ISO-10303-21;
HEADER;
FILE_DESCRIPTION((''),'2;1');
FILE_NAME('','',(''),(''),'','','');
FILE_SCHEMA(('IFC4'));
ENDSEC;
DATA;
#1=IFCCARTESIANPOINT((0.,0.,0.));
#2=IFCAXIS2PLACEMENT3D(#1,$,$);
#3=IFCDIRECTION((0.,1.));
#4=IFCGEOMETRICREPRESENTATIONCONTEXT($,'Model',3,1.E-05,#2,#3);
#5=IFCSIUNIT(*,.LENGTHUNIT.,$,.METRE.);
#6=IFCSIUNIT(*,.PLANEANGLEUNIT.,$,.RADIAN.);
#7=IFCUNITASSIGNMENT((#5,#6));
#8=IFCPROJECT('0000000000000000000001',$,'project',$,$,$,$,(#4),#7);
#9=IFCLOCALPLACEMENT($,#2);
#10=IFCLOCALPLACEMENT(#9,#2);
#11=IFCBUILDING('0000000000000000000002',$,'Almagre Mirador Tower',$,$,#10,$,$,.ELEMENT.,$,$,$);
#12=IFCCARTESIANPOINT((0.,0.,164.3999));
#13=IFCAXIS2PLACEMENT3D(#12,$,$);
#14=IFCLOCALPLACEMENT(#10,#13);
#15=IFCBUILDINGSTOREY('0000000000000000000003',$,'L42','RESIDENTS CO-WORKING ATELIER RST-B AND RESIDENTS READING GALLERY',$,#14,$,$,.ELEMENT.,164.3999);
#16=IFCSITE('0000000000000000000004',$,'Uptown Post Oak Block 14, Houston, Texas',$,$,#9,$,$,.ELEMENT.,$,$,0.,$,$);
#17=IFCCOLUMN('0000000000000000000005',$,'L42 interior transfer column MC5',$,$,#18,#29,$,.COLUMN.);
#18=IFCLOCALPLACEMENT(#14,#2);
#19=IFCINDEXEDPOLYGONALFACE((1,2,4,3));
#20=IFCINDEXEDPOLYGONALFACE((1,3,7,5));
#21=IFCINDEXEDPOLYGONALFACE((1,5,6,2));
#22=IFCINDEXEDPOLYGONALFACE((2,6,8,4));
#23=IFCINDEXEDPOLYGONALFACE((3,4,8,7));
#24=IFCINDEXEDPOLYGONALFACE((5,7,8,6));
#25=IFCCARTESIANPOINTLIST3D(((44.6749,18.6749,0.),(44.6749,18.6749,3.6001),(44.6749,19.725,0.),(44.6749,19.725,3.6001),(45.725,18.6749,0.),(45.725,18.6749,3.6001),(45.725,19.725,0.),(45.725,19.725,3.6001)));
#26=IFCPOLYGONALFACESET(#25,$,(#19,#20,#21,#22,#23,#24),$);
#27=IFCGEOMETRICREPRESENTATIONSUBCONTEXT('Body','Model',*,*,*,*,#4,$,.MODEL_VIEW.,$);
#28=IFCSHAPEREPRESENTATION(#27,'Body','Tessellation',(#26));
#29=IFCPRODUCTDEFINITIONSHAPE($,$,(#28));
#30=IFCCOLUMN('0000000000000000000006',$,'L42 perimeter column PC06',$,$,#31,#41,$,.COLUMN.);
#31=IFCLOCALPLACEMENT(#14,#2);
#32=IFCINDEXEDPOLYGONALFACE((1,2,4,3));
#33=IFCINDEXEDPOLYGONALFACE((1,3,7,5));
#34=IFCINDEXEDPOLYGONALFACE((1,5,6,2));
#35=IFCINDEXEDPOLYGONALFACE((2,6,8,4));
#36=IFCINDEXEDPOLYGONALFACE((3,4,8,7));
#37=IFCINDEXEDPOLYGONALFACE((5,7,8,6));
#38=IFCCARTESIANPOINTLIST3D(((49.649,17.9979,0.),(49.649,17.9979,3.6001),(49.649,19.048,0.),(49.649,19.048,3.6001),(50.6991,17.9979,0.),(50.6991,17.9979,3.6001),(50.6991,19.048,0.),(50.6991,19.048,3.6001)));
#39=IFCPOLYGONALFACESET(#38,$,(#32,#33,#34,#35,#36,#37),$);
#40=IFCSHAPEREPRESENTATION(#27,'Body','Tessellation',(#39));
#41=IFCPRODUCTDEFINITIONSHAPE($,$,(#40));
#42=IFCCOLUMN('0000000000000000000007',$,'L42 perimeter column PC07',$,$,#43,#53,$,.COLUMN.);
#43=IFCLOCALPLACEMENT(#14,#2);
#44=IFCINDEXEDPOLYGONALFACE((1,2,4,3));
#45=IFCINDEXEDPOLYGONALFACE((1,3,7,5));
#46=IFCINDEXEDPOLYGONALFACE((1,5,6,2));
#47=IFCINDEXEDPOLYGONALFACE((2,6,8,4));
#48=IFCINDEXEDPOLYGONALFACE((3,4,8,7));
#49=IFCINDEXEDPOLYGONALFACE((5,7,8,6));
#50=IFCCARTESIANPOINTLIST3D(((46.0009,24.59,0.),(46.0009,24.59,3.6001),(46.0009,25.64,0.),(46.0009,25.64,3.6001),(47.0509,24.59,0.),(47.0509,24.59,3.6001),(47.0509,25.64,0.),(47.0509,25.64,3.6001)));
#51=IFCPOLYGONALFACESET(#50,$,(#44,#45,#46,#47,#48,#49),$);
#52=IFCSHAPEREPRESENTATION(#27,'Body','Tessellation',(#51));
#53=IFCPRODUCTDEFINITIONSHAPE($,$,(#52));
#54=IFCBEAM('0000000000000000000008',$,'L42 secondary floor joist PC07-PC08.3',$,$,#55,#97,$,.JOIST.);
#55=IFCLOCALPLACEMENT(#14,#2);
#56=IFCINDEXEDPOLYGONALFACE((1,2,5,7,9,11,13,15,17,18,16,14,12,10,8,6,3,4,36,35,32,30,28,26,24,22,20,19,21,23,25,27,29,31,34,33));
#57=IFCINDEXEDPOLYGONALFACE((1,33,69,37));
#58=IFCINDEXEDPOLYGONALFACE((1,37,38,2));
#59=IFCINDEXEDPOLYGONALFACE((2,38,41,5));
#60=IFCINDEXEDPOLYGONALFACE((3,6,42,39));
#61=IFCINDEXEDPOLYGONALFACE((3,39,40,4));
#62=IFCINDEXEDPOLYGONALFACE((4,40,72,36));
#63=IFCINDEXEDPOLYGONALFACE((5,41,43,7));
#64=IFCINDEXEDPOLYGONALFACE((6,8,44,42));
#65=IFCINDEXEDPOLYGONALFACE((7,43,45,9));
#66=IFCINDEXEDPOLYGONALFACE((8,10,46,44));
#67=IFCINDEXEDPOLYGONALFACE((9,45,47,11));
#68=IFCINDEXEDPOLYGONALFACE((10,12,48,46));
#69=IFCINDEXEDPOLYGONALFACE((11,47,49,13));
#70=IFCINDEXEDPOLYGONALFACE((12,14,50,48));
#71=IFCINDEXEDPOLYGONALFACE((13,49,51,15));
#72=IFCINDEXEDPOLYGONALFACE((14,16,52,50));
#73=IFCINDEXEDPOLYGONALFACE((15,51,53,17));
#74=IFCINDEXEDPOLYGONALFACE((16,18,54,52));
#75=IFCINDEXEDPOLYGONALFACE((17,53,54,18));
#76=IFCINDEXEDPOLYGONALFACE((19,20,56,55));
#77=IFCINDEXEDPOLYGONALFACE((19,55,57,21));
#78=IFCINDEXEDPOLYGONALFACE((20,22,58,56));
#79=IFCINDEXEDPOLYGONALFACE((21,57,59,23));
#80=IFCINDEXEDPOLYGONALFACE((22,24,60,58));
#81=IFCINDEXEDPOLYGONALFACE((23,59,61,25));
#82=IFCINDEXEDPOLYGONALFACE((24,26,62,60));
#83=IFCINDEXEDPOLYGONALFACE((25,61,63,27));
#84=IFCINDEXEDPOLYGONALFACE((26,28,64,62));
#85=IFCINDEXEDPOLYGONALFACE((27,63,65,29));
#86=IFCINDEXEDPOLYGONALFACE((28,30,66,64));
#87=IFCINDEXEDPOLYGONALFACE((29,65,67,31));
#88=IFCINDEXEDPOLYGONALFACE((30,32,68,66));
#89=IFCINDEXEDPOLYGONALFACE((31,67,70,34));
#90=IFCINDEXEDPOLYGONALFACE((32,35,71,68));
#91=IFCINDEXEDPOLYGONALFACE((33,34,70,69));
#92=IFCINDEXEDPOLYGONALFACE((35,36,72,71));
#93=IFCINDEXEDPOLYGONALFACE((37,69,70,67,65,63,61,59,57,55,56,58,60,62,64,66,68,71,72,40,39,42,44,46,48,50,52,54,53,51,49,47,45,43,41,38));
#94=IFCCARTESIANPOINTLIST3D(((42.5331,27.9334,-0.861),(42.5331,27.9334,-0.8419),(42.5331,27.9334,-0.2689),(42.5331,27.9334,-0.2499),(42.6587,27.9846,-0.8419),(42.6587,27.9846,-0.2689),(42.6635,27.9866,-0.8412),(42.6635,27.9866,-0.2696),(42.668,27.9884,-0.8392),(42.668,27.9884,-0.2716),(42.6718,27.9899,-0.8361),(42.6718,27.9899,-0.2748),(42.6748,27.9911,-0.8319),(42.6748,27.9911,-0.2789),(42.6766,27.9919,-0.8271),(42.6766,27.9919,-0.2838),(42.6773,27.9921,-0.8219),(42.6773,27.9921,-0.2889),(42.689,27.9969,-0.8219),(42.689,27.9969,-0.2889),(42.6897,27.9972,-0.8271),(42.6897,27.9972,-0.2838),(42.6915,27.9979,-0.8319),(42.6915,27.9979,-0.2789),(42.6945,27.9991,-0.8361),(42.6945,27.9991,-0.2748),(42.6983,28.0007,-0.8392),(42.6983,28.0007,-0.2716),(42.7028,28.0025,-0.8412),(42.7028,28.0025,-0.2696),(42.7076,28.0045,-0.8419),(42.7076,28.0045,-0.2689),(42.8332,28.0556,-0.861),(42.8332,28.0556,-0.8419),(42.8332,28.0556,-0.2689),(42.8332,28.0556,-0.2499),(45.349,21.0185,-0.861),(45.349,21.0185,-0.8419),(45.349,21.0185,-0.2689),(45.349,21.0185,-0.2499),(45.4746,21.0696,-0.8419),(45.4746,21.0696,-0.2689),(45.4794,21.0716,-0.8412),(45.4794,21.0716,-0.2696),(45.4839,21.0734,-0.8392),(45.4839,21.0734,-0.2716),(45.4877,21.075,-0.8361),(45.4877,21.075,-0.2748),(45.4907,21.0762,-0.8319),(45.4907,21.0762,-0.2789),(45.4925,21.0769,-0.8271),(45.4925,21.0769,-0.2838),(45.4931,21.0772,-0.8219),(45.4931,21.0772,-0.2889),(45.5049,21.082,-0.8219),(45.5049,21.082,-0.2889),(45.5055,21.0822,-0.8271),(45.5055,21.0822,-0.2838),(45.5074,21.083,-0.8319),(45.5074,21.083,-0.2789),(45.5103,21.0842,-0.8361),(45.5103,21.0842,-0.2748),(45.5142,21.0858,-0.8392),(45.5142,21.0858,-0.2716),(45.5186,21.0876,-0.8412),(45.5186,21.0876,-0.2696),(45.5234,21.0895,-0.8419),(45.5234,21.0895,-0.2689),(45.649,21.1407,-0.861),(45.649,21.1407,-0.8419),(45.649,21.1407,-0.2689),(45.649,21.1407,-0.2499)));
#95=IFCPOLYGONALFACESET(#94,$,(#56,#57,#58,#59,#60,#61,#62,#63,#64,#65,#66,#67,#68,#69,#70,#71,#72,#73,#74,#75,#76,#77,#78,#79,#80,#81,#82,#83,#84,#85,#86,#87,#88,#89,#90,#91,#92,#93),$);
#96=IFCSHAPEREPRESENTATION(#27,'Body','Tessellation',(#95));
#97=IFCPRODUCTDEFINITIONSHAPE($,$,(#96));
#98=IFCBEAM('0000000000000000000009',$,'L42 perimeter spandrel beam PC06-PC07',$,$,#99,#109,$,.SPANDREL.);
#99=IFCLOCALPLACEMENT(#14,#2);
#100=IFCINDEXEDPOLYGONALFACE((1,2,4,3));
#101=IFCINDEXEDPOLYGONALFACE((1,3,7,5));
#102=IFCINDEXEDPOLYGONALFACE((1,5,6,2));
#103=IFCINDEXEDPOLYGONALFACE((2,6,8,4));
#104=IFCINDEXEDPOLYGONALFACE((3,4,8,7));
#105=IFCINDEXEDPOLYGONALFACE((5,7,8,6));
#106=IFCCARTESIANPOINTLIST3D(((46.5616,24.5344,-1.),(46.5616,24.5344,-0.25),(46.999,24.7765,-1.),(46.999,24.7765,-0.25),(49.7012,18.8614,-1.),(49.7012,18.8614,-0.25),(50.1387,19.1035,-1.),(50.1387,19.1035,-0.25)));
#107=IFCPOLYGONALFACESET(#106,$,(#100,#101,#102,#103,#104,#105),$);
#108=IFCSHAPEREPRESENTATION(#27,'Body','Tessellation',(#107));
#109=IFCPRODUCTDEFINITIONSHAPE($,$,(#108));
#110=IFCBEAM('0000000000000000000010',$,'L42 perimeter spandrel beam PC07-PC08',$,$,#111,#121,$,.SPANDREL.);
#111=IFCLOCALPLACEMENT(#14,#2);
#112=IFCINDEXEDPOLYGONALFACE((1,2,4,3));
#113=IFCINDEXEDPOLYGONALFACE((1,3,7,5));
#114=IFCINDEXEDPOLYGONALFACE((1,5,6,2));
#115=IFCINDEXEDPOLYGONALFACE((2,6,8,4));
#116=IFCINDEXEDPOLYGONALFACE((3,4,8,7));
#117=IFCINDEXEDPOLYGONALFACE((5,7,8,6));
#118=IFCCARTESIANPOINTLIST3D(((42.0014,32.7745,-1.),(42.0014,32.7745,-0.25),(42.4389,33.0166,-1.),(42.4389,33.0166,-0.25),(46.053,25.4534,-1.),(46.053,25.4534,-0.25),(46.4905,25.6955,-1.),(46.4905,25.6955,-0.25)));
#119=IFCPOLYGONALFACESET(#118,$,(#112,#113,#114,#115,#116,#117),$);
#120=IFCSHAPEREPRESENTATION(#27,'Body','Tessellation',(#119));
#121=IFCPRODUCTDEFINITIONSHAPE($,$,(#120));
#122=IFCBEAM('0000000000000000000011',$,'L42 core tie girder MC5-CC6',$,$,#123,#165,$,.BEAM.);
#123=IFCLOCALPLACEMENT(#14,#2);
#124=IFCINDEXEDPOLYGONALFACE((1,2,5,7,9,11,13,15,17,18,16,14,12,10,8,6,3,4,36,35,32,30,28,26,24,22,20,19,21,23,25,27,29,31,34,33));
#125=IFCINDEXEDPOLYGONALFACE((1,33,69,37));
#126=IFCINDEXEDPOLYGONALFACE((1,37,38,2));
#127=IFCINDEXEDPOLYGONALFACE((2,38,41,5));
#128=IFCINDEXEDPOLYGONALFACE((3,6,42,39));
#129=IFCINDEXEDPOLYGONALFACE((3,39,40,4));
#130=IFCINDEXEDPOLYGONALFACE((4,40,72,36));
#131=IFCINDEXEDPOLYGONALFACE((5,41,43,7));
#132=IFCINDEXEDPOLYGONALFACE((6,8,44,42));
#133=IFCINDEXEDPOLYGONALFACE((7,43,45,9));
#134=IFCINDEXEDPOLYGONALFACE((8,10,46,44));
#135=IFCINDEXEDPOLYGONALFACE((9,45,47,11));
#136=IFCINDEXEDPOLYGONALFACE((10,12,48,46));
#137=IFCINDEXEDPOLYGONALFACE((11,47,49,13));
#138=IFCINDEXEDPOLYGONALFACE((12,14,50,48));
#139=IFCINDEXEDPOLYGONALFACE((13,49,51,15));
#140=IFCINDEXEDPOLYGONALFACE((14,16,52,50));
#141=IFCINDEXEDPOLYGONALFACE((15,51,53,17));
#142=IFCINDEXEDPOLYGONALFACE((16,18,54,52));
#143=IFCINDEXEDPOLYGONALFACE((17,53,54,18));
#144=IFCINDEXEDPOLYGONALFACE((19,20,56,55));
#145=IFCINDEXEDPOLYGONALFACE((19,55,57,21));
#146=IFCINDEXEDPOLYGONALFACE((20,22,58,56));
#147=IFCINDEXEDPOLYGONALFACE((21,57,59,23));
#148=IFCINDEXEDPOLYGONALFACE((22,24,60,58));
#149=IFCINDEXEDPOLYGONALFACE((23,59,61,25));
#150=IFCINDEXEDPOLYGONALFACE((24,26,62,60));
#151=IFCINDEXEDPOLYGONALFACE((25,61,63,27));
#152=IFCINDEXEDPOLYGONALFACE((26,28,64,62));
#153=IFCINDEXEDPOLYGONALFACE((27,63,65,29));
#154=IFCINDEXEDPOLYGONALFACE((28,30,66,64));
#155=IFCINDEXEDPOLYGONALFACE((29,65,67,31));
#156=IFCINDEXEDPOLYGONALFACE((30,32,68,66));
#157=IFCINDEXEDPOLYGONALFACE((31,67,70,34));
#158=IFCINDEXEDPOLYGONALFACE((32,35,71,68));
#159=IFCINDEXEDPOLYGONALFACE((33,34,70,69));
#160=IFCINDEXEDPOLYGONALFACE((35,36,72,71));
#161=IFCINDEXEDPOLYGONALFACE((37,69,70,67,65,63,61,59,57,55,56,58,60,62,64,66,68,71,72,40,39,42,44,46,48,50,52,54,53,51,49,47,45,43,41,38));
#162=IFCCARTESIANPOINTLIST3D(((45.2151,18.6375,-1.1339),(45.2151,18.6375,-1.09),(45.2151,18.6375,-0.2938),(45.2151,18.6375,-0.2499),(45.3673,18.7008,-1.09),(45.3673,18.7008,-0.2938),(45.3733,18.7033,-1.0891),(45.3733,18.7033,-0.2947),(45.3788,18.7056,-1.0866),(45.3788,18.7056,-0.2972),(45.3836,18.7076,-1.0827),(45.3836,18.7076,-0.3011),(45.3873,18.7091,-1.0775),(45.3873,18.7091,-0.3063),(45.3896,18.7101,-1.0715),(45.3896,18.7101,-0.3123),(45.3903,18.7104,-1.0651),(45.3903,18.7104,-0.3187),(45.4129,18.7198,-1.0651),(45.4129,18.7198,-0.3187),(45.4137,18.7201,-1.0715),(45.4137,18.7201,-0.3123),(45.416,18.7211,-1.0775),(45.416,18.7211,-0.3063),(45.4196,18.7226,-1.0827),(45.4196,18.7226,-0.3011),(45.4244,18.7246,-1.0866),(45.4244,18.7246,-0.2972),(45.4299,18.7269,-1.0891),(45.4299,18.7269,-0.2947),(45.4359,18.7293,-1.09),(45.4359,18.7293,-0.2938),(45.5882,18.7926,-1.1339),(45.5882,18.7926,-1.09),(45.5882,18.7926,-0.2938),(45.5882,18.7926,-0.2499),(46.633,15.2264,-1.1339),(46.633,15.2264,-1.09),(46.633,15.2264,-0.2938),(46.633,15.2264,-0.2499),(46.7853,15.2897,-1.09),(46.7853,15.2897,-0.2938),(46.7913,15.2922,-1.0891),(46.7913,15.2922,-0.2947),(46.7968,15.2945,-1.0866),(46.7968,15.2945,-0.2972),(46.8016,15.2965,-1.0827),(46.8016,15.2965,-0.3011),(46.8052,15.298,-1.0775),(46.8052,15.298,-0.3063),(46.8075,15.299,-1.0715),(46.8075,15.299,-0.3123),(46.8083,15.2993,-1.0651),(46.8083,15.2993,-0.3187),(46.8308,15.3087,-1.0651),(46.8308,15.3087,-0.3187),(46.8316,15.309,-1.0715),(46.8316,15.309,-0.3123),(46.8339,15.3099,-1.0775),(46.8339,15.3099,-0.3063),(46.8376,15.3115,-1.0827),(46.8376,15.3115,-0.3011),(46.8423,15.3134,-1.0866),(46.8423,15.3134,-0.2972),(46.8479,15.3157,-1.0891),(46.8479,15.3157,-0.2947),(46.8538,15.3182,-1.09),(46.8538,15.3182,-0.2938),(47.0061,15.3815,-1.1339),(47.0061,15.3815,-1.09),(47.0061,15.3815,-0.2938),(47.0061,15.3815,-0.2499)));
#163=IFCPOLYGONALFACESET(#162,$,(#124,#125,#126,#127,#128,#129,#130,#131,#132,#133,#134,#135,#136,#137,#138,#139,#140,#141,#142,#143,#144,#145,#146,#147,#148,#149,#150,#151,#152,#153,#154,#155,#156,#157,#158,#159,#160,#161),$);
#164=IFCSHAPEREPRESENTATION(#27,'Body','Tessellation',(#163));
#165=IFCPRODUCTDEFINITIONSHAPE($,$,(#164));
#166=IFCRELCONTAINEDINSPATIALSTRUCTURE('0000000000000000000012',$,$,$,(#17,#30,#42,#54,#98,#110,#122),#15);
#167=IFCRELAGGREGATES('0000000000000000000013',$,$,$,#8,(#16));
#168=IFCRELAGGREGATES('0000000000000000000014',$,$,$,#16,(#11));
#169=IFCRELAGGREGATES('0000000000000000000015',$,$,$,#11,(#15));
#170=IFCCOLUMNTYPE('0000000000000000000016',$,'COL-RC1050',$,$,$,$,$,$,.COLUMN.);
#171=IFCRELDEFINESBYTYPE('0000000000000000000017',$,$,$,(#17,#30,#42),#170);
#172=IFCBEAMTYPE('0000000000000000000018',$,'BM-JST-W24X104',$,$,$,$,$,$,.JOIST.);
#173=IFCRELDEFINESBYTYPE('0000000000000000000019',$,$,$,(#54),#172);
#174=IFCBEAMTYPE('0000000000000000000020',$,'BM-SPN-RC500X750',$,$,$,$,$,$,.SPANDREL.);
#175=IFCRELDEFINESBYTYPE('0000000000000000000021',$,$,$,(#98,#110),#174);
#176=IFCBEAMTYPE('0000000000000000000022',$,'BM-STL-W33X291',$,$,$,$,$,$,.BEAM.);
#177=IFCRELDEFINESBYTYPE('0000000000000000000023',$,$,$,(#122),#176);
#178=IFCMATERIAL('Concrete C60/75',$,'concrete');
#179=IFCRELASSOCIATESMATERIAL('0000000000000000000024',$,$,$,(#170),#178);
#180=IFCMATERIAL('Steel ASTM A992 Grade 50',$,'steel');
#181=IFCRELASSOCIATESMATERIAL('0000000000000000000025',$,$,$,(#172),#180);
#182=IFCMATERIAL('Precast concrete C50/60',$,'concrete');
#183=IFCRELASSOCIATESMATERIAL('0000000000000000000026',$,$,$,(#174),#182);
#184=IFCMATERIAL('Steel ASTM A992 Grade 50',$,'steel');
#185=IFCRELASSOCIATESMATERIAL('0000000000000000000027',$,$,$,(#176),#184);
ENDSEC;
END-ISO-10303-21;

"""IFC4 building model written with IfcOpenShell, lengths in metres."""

from ifc_helpers import new_model, si_unit, direction, frame, origin, origin_2d, place, context, subcontext, project, spatial, rectangle, i_section, extrude, material, material_profile, profile_set, type_object, element, save


model = new_model("IFC4")

# Units and contexts
model_context = context("Model", 3, precision=1e-05, world=origin(), true_north=direction((0.0, 1.0)))
body_context = subcontext(model_context, "Body", "Model", "MODEL_VIEW")
ifc_project = project(units=[si_unit("LENGTHUNIT", "METRE"), si_unit("PLANEANGLEUNIT", "RADIAN")], contexts=[model_context])

# Site, building, storey
site_placement = place(None, origin())
site = spatial("IfcSite", under=ifc_project, at=site_placement, Name="Uptown Post Oak Block 14, Houston, Texas", CompositionType="ELEMENT", RefElevation=0.0)
building_placement = place(site_placement, origin())
building = spatial("IfcBuilding", under=site, at=building_placement, Name="Almagre Mirador Tower", CompositionType="ELEMENT")
storey_placement = place(building_placement, frame((0.0, 0.0, 164.3999)))
storey = spatial("IfcBuildingStorey", under=building, at=storey_placement, Name="L42", Description="RESIDENTS CO-WORKING ATELIER RST-B AND RESIDENTS READING GALLERY", CompositionType="ELEMENT", Elevation=164.3999)

# Columns
ifc_material_1 = material(Name="Concrete C60/75", Category="concrete")
ifc_material_profile_1 = material_profile(ifc_material_1, rectangle(XDim=1.05, YDim=1.05, at=origin_2d()), Name="RC1050X1050")
ifc_profile_set_1 = profile_set([ifc_material_profile_1], Name="Concrete C60/75")
column_type = type_object("IfcColumnType", Name="COL-RC1050", PredefinedType="COLUMN", material=ifc_profile_set_1)
for number, where, z_axis, x_axis, name in (
    (1, (45.2, 19.2, 0.0), (0.0, 0.0, 1.0), (1.0, 0.0, 0.0), "L42 interior transfer column MC5"),
    (2, (50.1741, 18.5229, 0.0), (0.0, 0.0, 1.0), (1.0, 0.0, 0.0), "L42 perimeter column PC06"),
    (3, (46.5259, 25.115, 0.0), (0.0, 0.0, 1.0), (1.0, 0.0, 0.0), "L42 perimeter column PC07"),
):
    element("IfcColumn", number, at=place(storey_placement, frame(where, z_axis=z_axis, x_axis=x_axis)), inside=storey, type_object=column_type, Name=name, PredefinedType="COLUMN", context=body_context, shape_type="SweptSolid", body=[
        extrude(rectangle(XDim=1.05, YDim=1.05, at=origin_2d()), origin(), (0.0, 0.0, 1.0), 3.6001),
    ])

# Beams
ifc_material_2 = material(Name="Steel ASTM A992 Grade 50", Category="steel")
ifc_material_profile_2 = material_profile(ifc_material_2, i_section(OverallWidth=0.324, OverallDepth=0.6111, WebThickness=0.0127, FlangeThickness=0.019, FilletRadius=0.02, at=origin_2d()), Name="W24X104")
ifc_profile_set_2 = profile_set([ifc_material_profile_2], Name="Steel ASTM A992 Grade 50")
beam_type_1 = type_object("IfcBeamType", Name="BM-JST-W24X104", PredefinedType="JOIST", material=ifc_profile_set_2)
beam_1_placement = place(storey_placement, frame((45.499, 21.0796, -0.5554), z_axis=(-0.377145, 0.926154, 0.0), x_axis=(-0.926154, -0.377145, 0.0)))
element("IfcBeam", 4, at=beam_1_placement, inside=storey, type_object=beam_type_1, Name="L42 secondary floor joist PC07-PC08.3", PredefinedType="JOIST", context=body_context, shape_type="SweptSolid", body=[
    extrude(i_section(OverallWidth=0.324, OverallDepth=0.6111, WebThickness=0.0127, FlangeThickness=0.019, FilletRadius=0.02, at=origin_2d()), origin(), (0.0, 0.0, 1.0), 7.4663),
])
ifc_material_3 = material(Name="Precast concrete C50/60", Category="concrete")
ifc_material_profile_3 = material_profile(ifc_material_3, rectangle(XDim=0.5, YDim=0.75, at=origin_2d()), Name="RC500X750")
ifc_profile_set_3 = profile_set([ifc_material_profile_3], Name="Precast concrete C50/60")
beam_type_2 = type_object("IfcBeamType", Name="BM-SPN-RC500X750", PredefinedType="SPANDREL", material=ifc_profile_set_3)
beam_2_placement = place(storey_placement, frame((49.9199, 18.9824, -0.625), z_axis=(-0.48422, 0.874946, 0.0), x_axis=(-0.874946, -0.48422, 0.0)))
element("IfcBeam", 5, at=beam_2_placement, inside=storey, type_object=beam_type_2, Name="L42 perimeter spandrel beam PC06-PC07", PredefinedType="SPANDREL", context=body_context, shape_type="SweptSolid", body=[
    extrude(rectangle(XDim=0.5, YDim=0.75, at=origin_2d()), origin(), (0.0, 0.0, 1.0), 6.4839),
])
beam_3_placement = place(storey_placement, frame((46.2717, 25.5745, -0.625), z_axis=(-0.484205, 0.874954, 0.0), x_axis=(-0.874954, -0.484205, 0.0)))
element("IfcBeam", 6, at=beam_3_placement, inside=storey, type_object=beam_type_2, Name="L42 perimeter spandrel beam PC07-PC08", PredefinedType="SPANDREL", context=body_context, shape_type="SweptSolid", body=[
    extrude(rectangle(XDim=0.5, YDim=0.75, at=origin_2d()), origin(), (0.0, 0.0, 1.0), 8.3674),
])
ifc_material_4 = material(Name="Steel ASTM A992 Grade 50", Category="steel")
ifc_material_profile_4 = material_profile(ifc_material_4, i_section(OverallWidth=0.4041, OverallDepth=0.884, WebThickness=0.0244, FlangeThickness=0.0439, FilletRadius=0.0249, at=origin_2d()), Name="W33X291")
ifc_profile_set_4 = profile_set([ifc_material_profile_4], Name="Steel ASTM A992 Grade 50")
beam_type_3 = type_object("IfcBeamType", Name="BM-STL-W33X291", PredefinedType="BEAM", material=ifc_profile_set_4)
beam_4_placement = place(storey_placement, frame((45.4016, 18.7151, -0.6919), z_axis=(0.383846, -0.923397, 0.0), x_axis=(0.923397, 0.383846, 0.0)))
element("IfcBeam", 7, at=beam_4_placement, inside=storey, type_object=beam_type_3, Name="L42 core tie girder MC5-CC6", PredefinedType="BEAM", context=body_context, shape_type="SweptSolid", body=[
    extrude(i_section(OverallWidth=0.4041, OverallDepth=0.884, WebThickness=0.0244, FlangeThickness=0.0439, FilletRadius=0.0249, at=origin_2d()), origin(), (0.0, 0.0, 1.0), 3.6941),
])

save(model, "model.ifc")
